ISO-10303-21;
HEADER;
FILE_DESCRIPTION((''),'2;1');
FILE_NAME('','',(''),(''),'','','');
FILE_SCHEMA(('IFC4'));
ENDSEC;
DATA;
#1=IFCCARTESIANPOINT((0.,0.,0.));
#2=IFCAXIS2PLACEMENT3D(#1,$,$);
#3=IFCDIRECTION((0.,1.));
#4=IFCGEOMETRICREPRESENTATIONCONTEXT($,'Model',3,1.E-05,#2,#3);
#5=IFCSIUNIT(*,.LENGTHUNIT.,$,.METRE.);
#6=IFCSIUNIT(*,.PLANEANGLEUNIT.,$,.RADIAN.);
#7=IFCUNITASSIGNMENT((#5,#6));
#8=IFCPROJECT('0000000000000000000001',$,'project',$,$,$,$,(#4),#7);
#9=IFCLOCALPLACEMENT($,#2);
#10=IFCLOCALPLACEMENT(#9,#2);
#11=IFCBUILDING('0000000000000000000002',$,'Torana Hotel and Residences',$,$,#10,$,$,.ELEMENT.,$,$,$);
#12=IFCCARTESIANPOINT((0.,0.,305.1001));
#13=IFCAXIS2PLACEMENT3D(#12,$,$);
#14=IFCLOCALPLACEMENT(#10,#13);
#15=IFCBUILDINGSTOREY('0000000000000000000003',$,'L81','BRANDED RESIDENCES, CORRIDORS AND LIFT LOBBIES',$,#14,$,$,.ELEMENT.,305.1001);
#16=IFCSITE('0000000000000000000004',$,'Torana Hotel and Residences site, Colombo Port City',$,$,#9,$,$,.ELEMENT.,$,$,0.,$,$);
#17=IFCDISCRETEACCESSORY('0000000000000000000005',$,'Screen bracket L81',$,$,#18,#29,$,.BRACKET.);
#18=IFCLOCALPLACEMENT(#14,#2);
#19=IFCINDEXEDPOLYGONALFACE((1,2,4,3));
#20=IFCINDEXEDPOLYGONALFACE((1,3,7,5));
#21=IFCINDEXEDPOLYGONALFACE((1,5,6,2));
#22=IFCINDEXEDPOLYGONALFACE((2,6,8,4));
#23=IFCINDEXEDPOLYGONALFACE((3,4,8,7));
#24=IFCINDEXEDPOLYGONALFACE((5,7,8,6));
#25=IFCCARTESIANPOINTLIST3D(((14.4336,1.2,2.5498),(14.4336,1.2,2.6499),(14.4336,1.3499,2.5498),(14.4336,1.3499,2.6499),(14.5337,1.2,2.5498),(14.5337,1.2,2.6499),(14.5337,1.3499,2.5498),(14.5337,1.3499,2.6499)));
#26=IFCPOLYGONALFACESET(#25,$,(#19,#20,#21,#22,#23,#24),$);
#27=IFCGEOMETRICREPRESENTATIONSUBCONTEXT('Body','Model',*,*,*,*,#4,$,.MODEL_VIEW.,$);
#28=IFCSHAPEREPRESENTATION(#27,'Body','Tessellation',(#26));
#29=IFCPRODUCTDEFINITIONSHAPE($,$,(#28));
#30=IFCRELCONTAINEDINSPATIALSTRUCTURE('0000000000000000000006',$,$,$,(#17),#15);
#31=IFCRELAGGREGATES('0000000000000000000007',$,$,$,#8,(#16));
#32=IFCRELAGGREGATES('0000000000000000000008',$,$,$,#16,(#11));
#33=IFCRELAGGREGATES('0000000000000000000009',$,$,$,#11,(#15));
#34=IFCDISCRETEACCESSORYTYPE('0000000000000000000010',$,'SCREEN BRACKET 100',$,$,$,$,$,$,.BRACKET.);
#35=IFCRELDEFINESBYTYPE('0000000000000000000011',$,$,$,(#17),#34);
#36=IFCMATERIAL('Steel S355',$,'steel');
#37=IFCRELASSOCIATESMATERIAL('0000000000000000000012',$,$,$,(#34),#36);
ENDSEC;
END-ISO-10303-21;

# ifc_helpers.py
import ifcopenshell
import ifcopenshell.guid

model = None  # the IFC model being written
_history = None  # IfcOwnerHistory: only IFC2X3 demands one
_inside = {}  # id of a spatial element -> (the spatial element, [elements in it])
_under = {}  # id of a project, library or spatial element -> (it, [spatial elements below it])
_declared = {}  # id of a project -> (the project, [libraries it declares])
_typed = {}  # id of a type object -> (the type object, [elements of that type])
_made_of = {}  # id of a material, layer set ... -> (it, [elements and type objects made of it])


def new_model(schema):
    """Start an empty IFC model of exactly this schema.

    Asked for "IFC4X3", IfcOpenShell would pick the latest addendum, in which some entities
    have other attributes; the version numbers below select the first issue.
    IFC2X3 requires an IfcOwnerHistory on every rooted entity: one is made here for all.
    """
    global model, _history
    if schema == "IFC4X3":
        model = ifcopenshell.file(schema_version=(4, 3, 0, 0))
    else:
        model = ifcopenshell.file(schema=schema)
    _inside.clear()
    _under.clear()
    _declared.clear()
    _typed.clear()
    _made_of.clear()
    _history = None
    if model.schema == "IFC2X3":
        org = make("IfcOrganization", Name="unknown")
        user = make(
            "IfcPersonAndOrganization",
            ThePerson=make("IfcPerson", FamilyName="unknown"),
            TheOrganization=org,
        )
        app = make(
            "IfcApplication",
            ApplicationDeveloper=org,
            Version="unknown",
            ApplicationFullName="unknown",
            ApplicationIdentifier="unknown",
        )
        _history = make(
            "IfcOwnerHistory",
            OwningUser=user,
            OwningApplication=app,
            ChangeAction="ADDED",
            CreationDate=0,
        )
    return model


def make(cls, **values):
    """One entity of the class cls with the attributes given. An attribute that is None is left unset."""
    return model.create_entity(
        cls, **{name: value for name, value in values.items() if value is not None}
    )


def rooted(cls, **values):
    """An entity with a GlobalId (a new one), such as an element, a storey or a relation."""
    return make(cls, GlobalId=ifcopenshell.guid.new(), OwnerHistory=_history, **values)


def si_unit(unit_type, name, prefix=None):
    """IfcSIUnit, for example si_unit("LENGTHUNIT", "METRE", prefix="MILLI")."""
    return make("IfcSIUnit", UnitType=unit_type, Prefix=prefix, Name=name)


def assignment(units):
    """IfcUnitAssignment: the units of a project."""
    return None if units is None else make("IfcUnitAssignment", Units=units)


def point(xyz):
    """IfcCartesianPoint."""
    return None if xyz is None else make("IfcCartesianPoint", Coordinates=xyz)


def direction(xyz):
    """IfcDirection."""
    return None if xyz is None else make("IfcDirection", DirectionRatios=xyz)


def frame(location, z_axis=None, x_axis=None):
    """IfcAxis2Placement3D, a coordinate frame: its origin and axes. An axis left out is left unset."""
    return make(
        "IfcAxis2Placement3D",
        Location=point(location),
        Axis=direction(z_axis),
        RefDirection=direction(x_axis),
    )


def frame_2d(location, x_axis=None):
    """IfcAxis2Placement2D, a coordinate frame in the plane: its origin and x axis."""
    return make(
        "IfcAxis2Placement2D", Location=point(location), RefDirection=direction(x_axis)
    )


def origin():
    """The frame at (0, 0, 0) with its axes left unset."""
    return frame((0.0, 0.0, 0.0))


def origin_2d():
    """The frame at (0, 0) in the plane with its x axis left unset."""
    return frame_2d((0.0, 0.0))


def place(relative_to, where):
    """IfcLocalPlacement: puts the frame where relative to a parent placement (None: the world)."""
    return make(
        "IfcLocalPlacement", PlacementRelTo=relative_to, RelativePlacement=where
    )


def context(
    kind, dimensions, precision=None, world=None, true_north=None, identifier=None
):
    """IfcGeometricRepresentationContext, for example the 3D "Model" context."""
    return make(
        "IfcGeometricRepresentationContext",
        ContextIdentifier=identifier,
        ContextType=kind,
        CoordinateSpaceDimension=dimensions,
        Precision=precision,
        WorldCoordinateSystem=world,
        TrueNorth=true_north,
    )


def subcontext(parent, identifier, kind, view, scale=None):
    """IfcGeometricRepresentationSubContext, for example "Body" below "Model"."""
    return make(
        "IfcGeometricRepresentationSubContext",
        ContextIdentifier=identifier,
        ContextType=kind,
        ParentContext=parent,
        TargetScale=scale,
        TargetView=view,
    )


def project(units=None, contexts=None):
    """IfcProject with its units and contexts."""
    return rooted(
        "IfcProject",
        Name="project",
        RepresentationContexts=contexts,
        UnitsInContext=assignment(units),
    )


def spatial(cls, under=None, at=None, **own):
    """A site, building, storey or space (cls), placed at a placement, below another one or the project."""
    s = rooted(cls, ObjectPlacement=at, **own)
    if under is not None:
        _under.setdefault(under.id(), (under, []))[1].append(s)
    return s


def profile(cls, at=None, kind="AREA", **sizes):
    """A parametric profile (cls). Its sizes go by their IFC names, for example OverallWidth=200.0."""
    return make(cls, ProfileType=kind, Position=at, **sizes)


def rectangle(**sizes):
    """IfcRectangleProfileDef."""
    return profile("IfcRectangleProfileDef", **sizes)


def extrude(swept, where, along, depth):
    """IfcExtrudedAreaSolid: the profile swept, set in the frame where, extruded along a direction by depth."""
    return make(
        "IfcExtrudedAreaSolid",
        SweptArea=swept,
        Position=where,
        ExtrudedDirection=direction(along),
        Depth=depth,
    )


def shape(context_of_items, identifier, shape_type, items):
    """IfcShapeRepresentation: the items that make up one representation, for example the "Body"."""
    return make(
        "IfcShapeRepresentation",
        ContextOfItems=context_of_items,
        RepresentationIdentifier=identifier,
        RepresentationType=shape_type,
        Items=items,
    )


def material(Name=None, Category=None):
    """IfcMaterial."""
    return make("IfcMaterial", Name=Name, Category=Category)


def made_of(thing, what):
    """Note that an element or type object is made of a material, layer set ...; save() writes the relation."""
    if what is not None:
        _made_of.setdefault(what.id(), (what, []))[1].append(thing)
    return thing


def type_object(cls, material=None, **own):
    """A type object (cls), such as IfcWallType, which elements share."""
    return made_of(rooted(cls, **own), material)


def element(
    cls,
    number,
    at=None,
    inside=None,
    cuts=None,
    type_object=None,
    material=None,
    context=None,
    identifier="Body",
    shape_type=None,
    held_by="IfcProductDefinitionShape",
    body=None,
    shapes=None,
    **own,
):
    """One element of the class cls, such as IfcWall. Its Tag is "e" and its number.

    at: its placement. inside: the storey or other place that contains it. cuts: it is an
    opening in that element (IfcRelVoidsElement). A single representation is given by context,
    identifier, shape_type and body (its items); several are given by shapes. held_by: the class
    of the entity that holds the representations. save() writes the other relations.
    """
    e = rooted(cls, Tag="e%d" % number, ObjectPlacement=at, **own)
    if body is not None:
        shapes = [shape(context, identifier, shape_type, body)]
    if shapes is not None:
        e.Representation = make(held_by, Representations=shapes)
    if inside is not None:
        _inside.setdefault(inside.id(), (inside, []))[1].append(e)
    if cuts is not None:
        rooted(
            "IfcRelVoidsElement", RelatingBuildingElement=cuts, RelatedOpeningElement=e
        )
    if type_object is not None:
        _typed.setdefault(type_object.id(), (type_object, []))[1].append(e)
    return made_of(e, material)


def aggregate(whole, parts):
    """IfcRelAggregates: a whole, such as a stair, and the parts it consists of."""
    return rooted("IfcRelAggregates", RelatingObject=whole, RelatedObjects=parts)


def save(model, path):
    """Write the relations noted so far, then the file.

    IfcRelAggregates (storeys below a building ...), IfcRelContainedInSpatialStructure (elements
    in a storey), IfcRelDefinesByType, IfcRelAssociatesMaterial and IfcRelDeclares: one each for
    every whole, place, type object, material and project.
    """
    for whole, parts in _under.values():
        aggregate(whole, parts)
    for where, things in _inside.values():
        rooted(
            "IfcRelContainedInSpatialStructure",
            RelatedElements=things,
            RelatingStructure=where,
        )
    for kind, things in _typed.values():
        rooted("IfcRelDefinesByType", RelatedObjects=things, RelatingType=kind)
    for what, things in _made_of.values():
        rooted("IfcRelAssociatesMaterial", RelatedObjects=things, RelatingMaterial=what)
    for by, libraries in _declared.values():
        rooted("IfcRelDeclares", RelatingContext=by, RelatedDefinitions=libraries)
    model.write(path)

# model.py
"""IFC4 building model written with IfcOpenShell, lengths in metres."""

from ifc_helpers import new_model, si_unit, direction, frame, origin, origin_2d, place, context, subcontext, project, spatial, rectangle, extrude, material, type_object, element, save


model = new_model("IFC4")

# Units and contexts
model_context = context("Model", 3, precision=1e-05, world=origin(), true_north=direction((0.0, 1.0)))
body_context = subcontext(model_context, "Body", "Model", "MODEL_VIEW")
ifc_project = project(units=[si_unit("LENGTHUNIT", "METRE"), si_unit("PLANEANGLEUNIT", "RADIAN")], contexts=[model_context])

# Site, building, storey
site_placement = place(None, origin())
site = spatial("IfcSite", under=ifc_project, at=site_placement, Name="Torana Hotel and Residences site, Colombo Port City", CompositionType="ELEMENT", RefElevation=0.0)
building_placement = place(site_placement, origin())
building = spatial("IfcBuilding", under=site, at=building_placement, Name="Torana Hotel and Residences", CompositionType="ELEMENT")
storey_placement = place(building_placement, frame((0.0, 0.0, 305.1001)))
storey = spatial("IfcBuildingStorey", under=building, at=storey_placement, Name="L81", Description="BRANDED RESIDENCES, CORRIDORS AND LIFT LOBBIES", CompositionType="ELEMENT", Elevation=305.1001)

# Discrete accessory
ifc_material_1 = material(Name="Steel S355", Category="steel")
discrete_accessory_type = type_object("IfcDiscreteAccessoryType", Name="SCREEN BRACKET 100", PredefinedType="BRACKET", material=ifc_material_1)
for number, where, z_axis, x_axis, name in (
    (1, (14.4836, 1.2749, 2.5498), (0.0, 0.0, 1.0), (-1.0, 0.0, 0.0), "Screen bracket L81"),
):
    element("IfcDiscreteAccessory", number, at=place(storey_placement, frame(where, z_axis=z_axis, x_axis=x_axis)), inside=storey, type_object=discrete_accessory_type, Name=name, PredefinedType="BRACKET", context=body_context, shape_type="SweptSolid", body=[
        extrude(rectangle(XDim=0.1001, YDim=0.1499, at=origin_2d()), origin(), (0.0, 0.0, 1.0), 0.1001),
    ])

save(model, "model.ifc")
